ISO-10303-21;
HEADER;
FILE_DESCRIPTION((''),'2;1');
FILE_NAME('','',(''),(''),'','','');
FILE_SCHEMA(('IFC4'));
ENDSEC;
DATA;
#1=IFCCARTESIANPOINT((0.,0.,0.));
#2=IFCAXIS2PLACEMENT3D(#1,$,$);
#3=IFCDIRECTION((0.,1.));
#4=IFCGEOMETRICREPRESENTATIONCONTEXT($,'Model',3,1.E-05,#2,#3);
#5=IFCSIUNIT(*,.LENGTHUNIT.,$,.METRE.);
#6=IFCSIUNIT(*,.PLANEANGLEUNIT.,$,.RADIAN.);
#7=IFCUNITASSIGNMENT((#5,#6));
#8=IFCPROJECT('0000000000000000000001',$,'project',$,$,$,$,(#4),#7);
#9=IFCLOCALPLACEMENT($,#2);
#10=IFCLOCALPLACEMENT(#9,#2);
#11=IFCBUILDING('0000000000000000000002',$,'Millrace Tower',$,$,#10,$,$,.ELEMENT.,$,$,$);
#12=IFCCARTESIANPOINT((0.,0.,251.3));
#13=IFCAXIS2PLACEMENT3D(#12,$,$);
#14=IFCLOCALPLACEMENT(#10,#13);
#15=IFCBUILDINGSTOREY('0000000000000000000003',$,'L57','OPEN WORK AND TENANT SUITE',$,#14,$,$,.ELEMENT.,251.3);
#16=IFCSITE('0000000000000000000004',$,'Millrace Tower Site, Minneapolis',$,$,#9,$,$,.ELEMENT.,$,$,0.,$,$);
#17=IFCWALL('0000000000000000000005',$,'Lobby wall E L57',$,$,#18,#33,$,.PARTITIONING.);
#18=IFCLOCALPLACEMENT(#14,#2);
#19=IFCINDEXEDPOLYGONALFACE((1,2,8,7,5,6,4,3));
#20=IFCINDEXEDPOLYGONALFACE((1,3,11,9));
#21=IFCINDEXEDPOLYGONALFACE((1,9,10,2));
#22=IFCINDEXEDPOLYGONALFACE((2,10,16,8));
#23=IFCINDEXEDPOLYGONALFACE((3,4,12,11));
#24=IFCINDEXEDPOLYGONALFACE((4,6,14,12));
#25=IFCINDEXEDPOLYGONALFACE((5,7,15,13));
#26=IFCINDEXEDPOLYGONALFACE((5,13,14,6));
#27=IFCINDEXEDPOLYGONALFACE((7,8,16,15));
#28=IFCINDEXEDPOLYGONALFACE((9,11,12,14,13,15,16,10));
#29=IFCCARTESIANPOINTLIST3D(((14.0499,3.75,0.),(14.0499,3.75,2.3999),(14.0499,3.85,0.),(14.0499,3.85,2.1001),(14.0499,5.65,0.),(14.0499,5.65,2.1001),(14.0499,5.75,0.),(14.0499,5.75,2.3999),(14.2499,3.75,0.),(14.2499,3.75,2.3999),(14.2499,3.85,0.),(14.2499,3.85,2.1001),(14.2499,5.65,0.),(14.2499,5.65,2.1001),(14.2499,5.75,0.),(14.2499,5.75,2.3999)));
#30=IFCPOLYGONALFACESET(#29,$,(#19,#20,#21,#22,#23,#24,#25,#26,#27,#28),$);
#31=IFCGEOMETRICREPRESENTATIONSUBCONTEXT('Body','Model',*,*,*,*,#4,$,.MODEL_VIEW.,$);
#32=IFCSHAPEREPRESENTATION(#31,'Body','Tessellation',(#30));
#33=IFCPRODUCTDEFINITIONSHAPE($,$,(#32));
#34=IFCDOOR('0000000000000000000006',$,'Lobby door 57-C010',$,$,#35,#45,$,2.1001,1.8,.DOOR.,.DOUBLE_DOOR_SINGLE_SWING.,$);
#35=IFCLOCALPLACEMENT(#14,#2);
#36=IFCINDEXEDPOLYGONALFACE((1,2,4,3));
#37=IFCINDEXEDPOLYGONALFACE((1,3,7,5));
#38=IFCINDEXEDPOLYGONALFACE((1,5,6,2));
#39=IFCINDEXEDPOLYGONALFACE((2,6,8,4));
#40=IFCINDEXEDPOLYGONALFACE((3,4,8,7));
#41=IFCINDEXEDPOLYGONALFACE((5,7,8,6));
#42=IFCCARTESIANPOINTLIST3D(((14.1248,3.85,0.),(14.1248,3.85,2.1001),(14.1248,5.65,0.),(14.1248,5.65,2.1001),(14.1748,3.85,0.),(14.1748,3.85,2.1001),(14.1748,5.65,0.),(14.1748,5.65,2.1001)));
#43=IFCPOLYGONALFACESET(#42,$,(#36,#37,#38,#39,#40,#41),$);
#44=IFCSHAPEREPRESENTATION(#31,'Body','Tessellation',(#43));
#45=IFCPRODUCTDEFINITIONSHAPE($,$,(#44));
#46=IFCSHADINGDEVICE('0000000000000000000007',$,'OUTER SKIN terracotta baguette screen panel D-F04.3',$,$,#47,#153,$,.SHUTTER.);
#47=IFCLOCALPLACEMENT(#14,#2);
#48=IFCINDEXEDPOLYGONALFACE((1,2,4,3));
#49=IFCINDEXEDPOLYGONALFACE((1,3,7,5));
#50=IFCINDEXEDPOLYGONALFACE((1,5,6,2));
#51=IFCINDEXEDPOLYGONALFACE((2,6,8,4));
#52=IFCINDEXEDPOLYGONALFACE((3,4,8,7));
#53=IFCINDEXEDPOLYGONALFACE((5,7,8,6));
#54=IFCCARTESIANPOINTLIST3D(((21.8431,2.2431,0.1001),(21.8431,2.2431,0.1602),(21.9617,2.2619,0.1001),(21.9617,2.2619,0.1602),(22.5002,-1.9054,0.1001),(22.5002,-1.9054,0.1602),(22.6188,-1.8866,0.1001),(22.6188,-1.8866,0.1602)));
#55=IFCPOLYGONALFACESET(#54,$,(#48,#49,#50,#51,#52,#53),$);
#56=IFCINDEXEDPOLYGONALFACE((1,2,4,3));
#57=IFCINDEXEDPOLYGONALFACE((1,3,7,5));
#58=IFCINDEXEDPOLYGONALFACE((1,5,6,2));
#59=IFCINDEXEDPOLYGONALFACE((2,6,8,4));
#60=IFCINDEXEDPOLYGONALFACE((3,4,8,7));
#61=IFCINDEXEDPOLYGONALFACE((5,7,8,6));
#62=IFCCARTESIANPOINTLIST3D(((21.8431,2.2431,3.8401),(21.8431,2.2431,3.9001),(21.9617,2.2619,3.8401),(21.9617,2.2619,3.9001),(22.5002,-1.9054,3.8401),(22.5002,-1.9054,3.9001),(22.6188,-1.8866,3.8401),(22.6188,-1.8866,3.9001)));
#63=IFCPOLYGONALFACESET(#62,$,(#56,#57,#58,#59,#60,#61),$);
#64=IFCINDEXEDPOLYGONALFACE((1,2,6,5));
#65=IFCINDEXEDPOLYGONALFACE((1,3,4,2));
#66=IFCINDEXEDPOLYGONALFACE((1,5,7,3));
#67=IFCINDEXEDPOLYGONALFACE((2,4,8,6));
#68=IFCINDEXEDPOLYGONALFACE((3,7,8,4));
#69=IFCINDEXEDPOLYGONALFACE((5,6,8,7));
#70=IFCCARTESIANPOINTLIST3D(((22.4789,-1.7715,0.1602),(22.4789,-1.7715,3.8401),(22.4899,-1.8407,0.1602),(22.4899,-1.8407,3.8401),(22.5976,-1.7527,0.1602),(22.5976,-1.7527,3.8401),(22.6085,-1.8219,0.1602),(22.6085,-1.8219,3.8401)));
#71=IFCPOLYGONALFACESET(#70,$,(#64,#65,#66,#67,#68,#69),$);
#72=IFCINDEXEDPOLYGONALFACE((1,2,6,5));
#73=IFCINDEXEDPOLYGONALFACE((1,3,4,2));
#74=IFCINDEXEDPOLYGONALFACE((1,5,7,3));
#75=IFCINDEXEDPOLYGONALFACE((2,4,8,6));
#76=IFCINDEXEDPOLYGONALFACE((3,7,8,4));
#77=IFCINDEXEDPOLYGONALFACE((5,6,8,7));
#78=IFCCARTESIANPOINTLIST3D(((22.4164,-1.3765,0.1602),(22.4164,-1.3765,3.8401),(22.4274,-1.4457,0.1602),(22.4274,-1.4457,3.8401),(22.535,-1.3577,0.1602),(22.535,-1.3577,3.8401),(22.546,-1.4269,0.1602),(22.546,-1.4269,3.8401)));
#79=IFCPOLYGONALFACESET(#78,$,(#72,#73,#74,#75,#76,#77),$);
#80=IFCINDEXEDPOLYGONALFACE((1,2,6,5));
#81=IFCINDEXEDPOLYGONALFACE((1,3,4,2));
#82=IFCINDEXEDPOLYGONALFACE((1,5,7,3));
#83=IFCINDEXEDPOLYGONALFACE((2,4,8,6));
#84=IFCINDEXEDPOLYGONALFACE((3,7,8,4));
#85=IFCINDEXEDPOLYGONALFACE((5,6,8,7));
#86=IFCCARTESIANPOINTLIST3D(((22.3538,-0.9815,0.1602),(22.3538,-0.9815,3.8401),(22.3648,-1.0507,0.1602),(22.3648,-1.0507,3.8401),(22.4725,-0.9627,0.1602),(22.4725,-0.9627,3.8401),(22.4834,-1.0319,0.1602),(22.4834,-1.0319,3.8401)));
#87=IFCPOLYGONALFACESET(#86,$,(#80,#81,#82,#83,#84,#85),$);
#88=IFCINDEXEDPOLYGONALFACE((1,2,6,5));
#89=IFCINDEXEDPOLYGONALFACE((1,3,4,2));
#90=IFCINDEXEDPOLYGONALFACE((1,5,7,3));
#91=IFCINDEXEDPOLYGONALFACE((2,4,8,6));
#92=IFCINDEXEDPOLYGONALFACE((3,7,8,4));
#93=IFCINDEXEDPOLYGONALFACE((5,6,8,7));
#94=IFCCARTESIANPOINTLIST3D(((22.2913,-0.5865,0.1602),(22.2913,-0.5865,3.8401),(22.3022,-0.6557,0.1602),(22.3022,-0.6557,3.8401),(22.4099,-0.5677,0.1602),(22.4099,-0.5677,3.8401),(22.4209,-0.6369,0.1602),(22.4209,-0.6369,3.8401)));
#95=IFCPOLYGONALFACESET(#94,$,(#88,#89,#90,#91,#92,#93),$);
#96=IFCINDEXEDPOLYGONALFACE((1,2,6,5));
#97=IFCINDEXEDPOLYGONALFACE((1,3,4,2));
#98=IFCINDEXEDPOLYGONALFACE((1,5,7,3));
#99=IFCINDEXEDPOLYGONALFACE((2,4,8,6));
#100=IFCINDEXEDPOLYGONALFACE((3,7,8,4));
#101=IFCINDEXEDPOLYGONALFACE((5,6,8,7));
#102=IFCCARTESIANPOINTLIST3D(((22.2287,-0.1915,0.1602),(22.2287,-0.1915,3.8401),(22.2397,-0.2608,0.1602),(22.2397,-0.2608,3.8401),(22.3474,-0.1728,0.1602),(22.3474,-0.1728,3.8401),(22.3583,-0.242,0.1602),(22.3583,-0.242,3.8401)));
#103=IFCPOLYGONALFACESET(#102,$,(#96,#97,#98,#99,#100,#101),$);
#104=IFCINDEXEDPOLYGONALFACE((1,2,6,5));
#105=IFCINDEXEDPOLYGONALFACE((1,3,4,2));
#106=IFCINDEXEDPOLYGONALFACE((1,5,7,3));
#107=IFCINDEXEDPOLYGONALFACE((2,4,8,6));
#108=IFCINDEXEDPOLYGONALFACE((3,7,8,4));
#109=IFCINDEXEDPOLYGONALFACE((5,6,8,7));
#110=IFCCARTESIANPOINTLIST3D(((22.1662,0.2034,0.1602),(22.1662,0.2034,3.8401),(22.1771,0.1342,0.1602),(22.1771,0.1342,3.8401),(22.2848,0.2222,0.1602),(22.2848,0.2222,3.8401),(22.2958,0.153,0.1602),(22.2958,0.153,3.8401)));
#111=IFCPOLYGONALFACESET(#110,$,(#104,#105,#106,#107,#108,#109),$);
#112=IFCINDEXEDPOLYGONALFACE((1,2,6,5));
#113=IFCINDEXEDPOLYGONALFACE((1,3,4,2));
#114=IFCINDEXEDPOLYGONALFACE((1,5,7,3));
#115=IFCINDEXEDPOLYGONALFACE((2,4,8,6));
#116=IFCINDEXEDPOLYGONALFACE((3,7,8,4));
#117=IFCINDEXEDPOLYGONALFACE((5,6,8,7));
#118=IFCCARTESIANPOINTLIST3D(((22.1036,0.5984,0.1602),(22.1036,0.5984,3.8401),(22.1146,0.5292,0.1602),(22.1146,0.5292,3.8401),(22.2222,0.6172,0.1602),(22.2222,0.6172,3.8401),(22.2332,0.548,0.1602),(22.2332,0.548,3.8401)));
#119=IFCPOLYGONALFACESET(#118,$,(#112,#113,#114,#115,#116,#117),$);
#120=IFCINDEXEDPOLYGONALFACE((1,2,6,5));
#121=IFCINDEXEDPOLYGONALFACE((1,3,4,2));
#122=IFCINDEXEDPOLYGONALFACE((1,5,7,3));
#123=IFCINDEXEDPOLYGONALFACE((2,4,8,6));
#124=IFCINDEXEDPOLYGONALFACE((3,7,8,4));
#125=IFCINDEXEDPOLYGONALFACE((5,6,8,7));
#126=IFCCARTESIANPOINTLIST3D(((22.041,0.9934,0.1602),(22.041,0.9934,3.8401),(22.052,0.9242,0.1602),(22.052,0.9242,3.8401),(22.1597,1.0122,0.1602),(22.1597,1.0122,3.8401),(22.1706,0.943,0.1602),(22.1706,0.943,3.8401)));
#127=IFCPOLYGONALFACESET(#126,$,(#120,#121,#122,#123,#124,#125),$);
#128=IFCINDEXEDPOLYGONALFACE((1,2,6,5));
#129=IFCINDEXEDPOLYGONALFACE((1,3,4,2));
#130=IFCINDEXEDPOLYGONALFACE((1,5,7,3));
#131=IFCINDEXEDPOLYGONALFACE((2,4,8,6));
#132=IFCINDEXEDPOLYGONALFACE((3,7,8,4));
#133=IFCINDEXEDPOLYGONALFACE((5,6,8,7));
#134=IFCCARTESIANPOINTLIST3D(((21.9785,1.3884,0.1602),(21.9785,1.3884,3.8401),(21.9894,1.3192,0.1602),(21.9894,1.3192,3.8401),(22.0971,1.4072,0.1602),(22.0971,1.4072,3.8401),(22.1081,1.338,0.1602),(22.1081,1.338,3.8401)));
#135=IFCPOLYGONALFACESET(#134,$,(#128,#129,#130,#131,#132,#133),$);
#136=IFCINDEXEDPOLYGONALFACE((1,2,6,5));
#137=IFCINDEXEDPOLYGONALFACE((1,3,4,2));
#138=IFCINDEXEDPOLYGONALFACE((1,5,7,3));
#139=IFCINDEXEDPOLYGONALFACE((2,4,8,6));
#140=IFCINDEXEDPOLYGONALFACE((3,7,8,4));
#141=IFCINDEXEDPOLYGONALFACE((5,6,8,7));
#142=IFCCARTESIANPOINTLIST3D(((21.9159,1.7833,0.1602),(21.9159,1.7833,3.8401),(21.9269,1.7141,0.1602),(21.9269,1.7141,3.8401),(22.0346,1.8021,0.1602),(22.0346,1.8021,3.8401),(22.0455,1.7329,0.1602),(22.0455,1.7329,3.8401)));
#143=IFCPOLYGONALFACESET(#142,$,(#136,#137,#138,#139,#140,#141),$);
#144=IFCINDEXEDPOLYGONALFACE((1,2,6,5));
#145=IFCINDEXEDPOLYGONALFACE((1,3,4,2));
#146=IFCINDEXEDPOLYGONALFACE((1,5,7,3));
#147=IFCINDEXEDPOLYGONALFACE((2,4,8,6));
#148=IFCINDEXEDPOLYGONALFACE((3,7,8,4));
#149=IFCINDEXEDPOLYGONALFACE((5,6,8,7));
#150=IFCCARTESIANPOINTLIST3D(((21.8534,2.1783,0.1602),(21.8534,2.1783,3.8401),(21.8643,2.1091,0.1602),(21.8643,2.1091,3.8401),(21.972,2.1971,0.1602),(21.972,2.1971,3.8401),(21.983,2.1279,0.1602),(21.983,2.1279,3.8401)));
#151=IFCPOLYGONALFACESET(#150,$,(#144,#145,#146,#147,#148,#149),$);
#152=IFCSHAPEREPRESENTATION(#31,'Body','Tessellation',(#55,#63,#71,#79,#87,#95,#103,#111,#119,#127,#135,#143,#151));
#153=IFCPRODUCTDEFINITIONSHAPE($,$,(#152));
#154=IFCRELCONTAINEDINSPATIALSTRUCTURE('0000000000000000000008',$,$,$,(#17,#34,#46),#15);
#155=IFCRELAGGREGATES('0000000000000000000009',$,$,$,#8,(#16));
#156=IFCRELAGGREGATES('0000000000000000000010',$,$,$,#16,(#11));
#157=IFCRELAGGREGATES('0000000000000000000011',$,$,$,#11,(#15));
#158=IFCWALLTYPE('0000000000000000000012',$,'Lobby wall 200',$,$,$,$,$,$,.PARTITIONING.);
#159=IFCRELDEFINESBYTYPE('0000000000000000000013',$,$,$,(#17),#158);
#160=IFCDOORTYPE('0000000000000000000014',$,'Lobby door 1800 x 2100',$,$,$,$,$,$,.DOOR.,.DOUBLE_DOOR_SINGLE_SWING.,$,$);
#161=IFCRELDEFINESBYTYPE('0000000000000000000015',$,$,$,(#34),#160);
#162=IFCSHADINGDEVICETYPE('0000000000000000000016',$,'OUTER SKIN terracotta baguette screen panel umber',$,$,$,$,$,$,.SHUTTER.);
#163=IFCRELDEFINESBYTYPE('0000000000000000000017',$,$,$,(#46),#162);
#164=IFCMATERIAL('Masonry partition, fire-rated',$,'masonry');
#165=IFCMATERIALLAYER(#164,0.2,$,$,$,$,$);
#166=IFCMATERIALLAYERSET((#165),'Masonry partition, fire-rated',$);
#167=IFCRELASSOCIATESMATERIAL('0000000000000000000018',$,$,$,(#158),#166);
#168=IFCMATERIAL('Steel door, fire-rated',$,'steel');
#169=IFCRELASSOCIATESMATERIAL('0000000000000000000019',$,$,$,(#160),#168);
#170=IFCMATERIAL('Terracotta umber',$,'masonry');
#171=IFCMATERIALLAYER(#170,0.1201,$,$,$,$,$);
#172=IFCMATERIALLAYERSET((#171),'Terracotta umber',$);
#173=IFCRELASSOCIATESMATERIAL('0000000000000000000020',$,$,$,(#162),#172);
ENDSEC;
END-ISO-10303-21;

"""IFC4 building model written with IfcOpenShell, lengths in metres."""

from ifc_helpers import new_model, entity, si_unit, direction, frame, frame_2d, origin, origin_2d, place, context, subcontext, project, spatial, rectangle, extrude, source, transform, mapped, material, layer, layer_set, type_object, element, fill, save


model = new_model("IFC4")

# Units and contexts
model_context = context("Model", 3, precision=1e-05, world=origin(), true_north=direction((0.0, 1.0)))
body_context = subcontext(model_context, "Body", "Model", "MODEL_VIEW")
ifc_project = project(units=[si_unit("LENGTHUNIT", "METRE"), si_unit("PLANEANGLEUNIT", "RADIAN")], contexts=[model_context])

# Site, building, storey
site_placement = place(None, origin())
site = spatial("IfcSite", under=ifc_project, at=site_placement, Name="Millrace Tower Site, Minneapolis", CompositionType="ELEMENT", RefElevation=0.0)
building_placement = place(site_placement, origin())
building = spatial("IfcBuilding", under=site, at=building_placement, Name="Millrace Tower", CompositionType="ELEMENT")
storey_placement = place(building_placement, frame((0.0, 0.0, 251.3)))
storey = spatial("IfcBuildingStorey", under=building, at=storey_placement, Name="L57", Description="OPEN WORK AND TENANT SUITE", CompositionType="ELEMENT", Elevation=251.3)

# Wall, opening, door
ifc_material_1 = material(Name="Masonry partition, fire-rated", Category="masonry")
ifc_layer_1 = layer(ifc_material_1, 0.2)
ifc_layer_set_1 = layer_set([ifc_layer_1], Name="Masonry partition, fire-rated")
wall_type_1 = type_object("IfcWallType", Name="Lobby wall 200", PredefinedType="PARTITIONING", material=ifc_layer_set_1)
wall_1_placement = place(storey_placement, frame((14.1499, 5.75, 0.0), z_axis=(0.0, 0.0, 1.0), x_axis=(0.0, -1.0, 0.0)))
wall_1 = element("IfcWall", 1, at=wall_1_placement, inside=storey, type_object=wall_type_1, Name="Lobby wall E L57", PredefinedType="PARTITIONING", context=body_context, shape_type="SweptSolid", body=[
    extrude(rectangle(XDim=2.0, YDim=0.2, at=frame_2d((1.0, 0.0))), origin(), (0.0, 0.0, 1.0), 2.3999),
])
opening_1_placement = place(wall_1_placement, frame((0.1001, 0.0, 0.0)))
opening_1 = element("IfcOpeningElement", 2, at=opening_1_placement, cuts=wall_1, PredefinedType="OPENING", context=body_context, shape_type="SweptSolid", body=[
    extrude(rectangle(XDim=1.8, YDim=2.1001, at=frame_2d((0.8999, 1.05))), frame((0.0, 0.1099, 0.0), z_axis=(0.0, -1.0, 0.0), x_axis=(1.0, 0.0, 0.0)), (0.0, 0.0, 1.0), 0.22),
])
ifc_material_2 = material(Name="Steel door, fire-rated", Category="steel")
door_type_1 = type_object("IfcDoorType", Name="Lobby door 1800 x 2100", OperationType="DOUBLE_DOOR_SINGLE_SWING", PredefinedType="DOOR", material=ifc_material_2)
door_1_placement = place(opening_1_placement, origin())
door_1 = element("IfcDoor", 3, at=door_1_placement, inside=storey, type_object=door_type_1, Name="Lobby door 57-C010", OperationType="DOUBLE_DOOR_SINGLE_SWING", OverallHeight=2.1001, OverallWidth=1.8, PredefinedType="DOOR", context=body_context, shape_type="SweptSolid", body=[
    extrude(rectangle(XDim=1.8, YDim=2.1001, at=frame_2d((0.8999, 1.05))), frame((0.0, 0.0249, 0.0), z_axis=(0.0, -1.0, 0.0), x_axis=(1.0, 0.0, 0.0)), (0.0, 0.0, 1.0), 0.05),
])
fill(opening_1, door_1)

# Shading device
ifc_material_3 = material(Name="Terracotta umber", Category="masonry")
ifc_layer_2 = layer(ifc_material_3, 0.1201)
ifc_layer_set_2 = layer_set([ifc_layer_2], Name="Terracotta umber")
shading_device_type = type_object("IfcShadingDeviceType", Name="OUTER SKIN terracotta baguette screen panel umber", PredefinedType="SHUTTER", material=ifc_layer_set_2)
cartesian_point = entity("IfcCartesianPoint", [-2.1001, 0.0601])
shared_polyline = entity("IfcPolyline", [cartesian_point, entity("IfcCartesianPoint", [2.1001, 0.0601]), entity("IfcCartesianPoint", [2.1001, -0.0601]), entity("IfcCartesianPoint", [-2.1001, -0.0601]), cartesian_point])
shared_shape = source(origin(), body_context, "Body", "SweptSolid", [
    entity("IfcExtrudedAreaSolid", entity("IfcArbitraryClosedProfileDef", "AREA", None, shared_polyline), entity("IfcAxis2Placement3D", entity("IfcCartesianPoint", [0.0, 0.0, 0.0])), entity("IfcDirection", [0.0, 0.0, 1.0]), 0.0601),
    entity("IfcExtrudedAreaSolid", entity("IfcArbitraryClosedProfileDef", "AREA", None, shared_polyline), entity("IfcAxis2Placement3D", entity("IfcCartesianPoint", [0.0, 0.0, 3.74])), entity("IfcDirection", [0.0, 0.0, 1.0]), 0.0601),
    extrude(rectangle(XDim=0.0701, YDim=0.1201, at=frame_2d((-1.9995, 0.0))), frame((0.0, 0.0, 0.0601)), (0.0, 0.0, 1.0), 3.6799),
    extrude(rectangle(XDim=0.0701, YDim=0.1201, at=frame_2d((-1.5996, 0.0))), frame((0.0, 0.0, 0.0601)), (0.0, 0.0, 1.0), 3.6799),
    extrude(rectangle(XDim=0.0701, YDim=0.1201, at=frame_2d((-1.1997, 0.0))), frame((0.0, 0.0, 0.0601)), (0.0, 0.0, 1.0), 3.6799),
    extrude(rectangle(XDim=0.0701, YDim=0.1201, at=frame_2d((-0.7998, 0.0))), frame((0.0, 0.0, 0.0601)), (0.0, 0.0, 1.0), 3.6799),
    extrude(rectangle(XDim=0.0701, YDim=0.1201, at=frame_2d((-0.3999, 0.0))), frame((0.0, 0.0, 0.0601)), (0.0, 0.0, 1.0), 3.6799),
    extrude(rectangle(XDim=0.0701, YDim=0.1201, at=origin_2d()), frame((0.0, 0.0, 0.0601)), (0.0, 0.0, 1.0), 3.6799),
    extrude(rectangle(XDim=0.0701, YDim=0.1201, at=frame_2d((0.3999, 0.0))), frame((0.0, 0.0, 0.0601)), (0.0, 0.0, 1.0), 3.6799),
    extrude(rectangle(XDim=0.0701, YDim=0.1201, at=frame_2d((0.7998, 0.0))), frame((0.0, 0.0, 0.0601)), (0.0, 0.0, 1.0), 3.6799),
    extrude(rectangle(XDim=0.0701, YDim=0.1201, at=frame_2d((1.1997, 0.0))), frame((0.0, 0.0, 0.0601)), (0.0, 0.0, 1.0), 3.6799),
    extrude(rectangle(XDim=0.0701, YDim=0.1201, at=frame_2d((1.5996, 0.0))), frame((0.0, 0.0, 0.0601)), (0.0, 0.0, 1.0), 3.6799),
    extrude(rectangle(XDim=0.0701, YDim=0.1201, at=frame_2d((1.9995, 0.0))), frame((0.0, 0.0, 0.0601)), (0.0, 0.0, 1.0), 3.6799),
])
for number, where, z_axis, x_axis, name in (
    (4, (22.231, 0.1782, 0.1001), (0.0, 0.0, 1.0), (-0.156434, 0.987688, 0.0), "OUTER SKIN terracotta baguette screen panel D-F04.3"),
):
    element("IfcShadingDevice", number, at=place(storey_placement, frame(where, z_axis=z_axis, x_axis=x_axis)), inside=storey, type_object=shading_device_type, Name=name, PredefinedType="SHUTTER", context=body_context, shape_type="MappedRepresentation", body=[
        mapped(shared_shape, transform((0.0, 0.0, 0.0), scale=1.0)),
    ])

save(model, "model.ifc")
